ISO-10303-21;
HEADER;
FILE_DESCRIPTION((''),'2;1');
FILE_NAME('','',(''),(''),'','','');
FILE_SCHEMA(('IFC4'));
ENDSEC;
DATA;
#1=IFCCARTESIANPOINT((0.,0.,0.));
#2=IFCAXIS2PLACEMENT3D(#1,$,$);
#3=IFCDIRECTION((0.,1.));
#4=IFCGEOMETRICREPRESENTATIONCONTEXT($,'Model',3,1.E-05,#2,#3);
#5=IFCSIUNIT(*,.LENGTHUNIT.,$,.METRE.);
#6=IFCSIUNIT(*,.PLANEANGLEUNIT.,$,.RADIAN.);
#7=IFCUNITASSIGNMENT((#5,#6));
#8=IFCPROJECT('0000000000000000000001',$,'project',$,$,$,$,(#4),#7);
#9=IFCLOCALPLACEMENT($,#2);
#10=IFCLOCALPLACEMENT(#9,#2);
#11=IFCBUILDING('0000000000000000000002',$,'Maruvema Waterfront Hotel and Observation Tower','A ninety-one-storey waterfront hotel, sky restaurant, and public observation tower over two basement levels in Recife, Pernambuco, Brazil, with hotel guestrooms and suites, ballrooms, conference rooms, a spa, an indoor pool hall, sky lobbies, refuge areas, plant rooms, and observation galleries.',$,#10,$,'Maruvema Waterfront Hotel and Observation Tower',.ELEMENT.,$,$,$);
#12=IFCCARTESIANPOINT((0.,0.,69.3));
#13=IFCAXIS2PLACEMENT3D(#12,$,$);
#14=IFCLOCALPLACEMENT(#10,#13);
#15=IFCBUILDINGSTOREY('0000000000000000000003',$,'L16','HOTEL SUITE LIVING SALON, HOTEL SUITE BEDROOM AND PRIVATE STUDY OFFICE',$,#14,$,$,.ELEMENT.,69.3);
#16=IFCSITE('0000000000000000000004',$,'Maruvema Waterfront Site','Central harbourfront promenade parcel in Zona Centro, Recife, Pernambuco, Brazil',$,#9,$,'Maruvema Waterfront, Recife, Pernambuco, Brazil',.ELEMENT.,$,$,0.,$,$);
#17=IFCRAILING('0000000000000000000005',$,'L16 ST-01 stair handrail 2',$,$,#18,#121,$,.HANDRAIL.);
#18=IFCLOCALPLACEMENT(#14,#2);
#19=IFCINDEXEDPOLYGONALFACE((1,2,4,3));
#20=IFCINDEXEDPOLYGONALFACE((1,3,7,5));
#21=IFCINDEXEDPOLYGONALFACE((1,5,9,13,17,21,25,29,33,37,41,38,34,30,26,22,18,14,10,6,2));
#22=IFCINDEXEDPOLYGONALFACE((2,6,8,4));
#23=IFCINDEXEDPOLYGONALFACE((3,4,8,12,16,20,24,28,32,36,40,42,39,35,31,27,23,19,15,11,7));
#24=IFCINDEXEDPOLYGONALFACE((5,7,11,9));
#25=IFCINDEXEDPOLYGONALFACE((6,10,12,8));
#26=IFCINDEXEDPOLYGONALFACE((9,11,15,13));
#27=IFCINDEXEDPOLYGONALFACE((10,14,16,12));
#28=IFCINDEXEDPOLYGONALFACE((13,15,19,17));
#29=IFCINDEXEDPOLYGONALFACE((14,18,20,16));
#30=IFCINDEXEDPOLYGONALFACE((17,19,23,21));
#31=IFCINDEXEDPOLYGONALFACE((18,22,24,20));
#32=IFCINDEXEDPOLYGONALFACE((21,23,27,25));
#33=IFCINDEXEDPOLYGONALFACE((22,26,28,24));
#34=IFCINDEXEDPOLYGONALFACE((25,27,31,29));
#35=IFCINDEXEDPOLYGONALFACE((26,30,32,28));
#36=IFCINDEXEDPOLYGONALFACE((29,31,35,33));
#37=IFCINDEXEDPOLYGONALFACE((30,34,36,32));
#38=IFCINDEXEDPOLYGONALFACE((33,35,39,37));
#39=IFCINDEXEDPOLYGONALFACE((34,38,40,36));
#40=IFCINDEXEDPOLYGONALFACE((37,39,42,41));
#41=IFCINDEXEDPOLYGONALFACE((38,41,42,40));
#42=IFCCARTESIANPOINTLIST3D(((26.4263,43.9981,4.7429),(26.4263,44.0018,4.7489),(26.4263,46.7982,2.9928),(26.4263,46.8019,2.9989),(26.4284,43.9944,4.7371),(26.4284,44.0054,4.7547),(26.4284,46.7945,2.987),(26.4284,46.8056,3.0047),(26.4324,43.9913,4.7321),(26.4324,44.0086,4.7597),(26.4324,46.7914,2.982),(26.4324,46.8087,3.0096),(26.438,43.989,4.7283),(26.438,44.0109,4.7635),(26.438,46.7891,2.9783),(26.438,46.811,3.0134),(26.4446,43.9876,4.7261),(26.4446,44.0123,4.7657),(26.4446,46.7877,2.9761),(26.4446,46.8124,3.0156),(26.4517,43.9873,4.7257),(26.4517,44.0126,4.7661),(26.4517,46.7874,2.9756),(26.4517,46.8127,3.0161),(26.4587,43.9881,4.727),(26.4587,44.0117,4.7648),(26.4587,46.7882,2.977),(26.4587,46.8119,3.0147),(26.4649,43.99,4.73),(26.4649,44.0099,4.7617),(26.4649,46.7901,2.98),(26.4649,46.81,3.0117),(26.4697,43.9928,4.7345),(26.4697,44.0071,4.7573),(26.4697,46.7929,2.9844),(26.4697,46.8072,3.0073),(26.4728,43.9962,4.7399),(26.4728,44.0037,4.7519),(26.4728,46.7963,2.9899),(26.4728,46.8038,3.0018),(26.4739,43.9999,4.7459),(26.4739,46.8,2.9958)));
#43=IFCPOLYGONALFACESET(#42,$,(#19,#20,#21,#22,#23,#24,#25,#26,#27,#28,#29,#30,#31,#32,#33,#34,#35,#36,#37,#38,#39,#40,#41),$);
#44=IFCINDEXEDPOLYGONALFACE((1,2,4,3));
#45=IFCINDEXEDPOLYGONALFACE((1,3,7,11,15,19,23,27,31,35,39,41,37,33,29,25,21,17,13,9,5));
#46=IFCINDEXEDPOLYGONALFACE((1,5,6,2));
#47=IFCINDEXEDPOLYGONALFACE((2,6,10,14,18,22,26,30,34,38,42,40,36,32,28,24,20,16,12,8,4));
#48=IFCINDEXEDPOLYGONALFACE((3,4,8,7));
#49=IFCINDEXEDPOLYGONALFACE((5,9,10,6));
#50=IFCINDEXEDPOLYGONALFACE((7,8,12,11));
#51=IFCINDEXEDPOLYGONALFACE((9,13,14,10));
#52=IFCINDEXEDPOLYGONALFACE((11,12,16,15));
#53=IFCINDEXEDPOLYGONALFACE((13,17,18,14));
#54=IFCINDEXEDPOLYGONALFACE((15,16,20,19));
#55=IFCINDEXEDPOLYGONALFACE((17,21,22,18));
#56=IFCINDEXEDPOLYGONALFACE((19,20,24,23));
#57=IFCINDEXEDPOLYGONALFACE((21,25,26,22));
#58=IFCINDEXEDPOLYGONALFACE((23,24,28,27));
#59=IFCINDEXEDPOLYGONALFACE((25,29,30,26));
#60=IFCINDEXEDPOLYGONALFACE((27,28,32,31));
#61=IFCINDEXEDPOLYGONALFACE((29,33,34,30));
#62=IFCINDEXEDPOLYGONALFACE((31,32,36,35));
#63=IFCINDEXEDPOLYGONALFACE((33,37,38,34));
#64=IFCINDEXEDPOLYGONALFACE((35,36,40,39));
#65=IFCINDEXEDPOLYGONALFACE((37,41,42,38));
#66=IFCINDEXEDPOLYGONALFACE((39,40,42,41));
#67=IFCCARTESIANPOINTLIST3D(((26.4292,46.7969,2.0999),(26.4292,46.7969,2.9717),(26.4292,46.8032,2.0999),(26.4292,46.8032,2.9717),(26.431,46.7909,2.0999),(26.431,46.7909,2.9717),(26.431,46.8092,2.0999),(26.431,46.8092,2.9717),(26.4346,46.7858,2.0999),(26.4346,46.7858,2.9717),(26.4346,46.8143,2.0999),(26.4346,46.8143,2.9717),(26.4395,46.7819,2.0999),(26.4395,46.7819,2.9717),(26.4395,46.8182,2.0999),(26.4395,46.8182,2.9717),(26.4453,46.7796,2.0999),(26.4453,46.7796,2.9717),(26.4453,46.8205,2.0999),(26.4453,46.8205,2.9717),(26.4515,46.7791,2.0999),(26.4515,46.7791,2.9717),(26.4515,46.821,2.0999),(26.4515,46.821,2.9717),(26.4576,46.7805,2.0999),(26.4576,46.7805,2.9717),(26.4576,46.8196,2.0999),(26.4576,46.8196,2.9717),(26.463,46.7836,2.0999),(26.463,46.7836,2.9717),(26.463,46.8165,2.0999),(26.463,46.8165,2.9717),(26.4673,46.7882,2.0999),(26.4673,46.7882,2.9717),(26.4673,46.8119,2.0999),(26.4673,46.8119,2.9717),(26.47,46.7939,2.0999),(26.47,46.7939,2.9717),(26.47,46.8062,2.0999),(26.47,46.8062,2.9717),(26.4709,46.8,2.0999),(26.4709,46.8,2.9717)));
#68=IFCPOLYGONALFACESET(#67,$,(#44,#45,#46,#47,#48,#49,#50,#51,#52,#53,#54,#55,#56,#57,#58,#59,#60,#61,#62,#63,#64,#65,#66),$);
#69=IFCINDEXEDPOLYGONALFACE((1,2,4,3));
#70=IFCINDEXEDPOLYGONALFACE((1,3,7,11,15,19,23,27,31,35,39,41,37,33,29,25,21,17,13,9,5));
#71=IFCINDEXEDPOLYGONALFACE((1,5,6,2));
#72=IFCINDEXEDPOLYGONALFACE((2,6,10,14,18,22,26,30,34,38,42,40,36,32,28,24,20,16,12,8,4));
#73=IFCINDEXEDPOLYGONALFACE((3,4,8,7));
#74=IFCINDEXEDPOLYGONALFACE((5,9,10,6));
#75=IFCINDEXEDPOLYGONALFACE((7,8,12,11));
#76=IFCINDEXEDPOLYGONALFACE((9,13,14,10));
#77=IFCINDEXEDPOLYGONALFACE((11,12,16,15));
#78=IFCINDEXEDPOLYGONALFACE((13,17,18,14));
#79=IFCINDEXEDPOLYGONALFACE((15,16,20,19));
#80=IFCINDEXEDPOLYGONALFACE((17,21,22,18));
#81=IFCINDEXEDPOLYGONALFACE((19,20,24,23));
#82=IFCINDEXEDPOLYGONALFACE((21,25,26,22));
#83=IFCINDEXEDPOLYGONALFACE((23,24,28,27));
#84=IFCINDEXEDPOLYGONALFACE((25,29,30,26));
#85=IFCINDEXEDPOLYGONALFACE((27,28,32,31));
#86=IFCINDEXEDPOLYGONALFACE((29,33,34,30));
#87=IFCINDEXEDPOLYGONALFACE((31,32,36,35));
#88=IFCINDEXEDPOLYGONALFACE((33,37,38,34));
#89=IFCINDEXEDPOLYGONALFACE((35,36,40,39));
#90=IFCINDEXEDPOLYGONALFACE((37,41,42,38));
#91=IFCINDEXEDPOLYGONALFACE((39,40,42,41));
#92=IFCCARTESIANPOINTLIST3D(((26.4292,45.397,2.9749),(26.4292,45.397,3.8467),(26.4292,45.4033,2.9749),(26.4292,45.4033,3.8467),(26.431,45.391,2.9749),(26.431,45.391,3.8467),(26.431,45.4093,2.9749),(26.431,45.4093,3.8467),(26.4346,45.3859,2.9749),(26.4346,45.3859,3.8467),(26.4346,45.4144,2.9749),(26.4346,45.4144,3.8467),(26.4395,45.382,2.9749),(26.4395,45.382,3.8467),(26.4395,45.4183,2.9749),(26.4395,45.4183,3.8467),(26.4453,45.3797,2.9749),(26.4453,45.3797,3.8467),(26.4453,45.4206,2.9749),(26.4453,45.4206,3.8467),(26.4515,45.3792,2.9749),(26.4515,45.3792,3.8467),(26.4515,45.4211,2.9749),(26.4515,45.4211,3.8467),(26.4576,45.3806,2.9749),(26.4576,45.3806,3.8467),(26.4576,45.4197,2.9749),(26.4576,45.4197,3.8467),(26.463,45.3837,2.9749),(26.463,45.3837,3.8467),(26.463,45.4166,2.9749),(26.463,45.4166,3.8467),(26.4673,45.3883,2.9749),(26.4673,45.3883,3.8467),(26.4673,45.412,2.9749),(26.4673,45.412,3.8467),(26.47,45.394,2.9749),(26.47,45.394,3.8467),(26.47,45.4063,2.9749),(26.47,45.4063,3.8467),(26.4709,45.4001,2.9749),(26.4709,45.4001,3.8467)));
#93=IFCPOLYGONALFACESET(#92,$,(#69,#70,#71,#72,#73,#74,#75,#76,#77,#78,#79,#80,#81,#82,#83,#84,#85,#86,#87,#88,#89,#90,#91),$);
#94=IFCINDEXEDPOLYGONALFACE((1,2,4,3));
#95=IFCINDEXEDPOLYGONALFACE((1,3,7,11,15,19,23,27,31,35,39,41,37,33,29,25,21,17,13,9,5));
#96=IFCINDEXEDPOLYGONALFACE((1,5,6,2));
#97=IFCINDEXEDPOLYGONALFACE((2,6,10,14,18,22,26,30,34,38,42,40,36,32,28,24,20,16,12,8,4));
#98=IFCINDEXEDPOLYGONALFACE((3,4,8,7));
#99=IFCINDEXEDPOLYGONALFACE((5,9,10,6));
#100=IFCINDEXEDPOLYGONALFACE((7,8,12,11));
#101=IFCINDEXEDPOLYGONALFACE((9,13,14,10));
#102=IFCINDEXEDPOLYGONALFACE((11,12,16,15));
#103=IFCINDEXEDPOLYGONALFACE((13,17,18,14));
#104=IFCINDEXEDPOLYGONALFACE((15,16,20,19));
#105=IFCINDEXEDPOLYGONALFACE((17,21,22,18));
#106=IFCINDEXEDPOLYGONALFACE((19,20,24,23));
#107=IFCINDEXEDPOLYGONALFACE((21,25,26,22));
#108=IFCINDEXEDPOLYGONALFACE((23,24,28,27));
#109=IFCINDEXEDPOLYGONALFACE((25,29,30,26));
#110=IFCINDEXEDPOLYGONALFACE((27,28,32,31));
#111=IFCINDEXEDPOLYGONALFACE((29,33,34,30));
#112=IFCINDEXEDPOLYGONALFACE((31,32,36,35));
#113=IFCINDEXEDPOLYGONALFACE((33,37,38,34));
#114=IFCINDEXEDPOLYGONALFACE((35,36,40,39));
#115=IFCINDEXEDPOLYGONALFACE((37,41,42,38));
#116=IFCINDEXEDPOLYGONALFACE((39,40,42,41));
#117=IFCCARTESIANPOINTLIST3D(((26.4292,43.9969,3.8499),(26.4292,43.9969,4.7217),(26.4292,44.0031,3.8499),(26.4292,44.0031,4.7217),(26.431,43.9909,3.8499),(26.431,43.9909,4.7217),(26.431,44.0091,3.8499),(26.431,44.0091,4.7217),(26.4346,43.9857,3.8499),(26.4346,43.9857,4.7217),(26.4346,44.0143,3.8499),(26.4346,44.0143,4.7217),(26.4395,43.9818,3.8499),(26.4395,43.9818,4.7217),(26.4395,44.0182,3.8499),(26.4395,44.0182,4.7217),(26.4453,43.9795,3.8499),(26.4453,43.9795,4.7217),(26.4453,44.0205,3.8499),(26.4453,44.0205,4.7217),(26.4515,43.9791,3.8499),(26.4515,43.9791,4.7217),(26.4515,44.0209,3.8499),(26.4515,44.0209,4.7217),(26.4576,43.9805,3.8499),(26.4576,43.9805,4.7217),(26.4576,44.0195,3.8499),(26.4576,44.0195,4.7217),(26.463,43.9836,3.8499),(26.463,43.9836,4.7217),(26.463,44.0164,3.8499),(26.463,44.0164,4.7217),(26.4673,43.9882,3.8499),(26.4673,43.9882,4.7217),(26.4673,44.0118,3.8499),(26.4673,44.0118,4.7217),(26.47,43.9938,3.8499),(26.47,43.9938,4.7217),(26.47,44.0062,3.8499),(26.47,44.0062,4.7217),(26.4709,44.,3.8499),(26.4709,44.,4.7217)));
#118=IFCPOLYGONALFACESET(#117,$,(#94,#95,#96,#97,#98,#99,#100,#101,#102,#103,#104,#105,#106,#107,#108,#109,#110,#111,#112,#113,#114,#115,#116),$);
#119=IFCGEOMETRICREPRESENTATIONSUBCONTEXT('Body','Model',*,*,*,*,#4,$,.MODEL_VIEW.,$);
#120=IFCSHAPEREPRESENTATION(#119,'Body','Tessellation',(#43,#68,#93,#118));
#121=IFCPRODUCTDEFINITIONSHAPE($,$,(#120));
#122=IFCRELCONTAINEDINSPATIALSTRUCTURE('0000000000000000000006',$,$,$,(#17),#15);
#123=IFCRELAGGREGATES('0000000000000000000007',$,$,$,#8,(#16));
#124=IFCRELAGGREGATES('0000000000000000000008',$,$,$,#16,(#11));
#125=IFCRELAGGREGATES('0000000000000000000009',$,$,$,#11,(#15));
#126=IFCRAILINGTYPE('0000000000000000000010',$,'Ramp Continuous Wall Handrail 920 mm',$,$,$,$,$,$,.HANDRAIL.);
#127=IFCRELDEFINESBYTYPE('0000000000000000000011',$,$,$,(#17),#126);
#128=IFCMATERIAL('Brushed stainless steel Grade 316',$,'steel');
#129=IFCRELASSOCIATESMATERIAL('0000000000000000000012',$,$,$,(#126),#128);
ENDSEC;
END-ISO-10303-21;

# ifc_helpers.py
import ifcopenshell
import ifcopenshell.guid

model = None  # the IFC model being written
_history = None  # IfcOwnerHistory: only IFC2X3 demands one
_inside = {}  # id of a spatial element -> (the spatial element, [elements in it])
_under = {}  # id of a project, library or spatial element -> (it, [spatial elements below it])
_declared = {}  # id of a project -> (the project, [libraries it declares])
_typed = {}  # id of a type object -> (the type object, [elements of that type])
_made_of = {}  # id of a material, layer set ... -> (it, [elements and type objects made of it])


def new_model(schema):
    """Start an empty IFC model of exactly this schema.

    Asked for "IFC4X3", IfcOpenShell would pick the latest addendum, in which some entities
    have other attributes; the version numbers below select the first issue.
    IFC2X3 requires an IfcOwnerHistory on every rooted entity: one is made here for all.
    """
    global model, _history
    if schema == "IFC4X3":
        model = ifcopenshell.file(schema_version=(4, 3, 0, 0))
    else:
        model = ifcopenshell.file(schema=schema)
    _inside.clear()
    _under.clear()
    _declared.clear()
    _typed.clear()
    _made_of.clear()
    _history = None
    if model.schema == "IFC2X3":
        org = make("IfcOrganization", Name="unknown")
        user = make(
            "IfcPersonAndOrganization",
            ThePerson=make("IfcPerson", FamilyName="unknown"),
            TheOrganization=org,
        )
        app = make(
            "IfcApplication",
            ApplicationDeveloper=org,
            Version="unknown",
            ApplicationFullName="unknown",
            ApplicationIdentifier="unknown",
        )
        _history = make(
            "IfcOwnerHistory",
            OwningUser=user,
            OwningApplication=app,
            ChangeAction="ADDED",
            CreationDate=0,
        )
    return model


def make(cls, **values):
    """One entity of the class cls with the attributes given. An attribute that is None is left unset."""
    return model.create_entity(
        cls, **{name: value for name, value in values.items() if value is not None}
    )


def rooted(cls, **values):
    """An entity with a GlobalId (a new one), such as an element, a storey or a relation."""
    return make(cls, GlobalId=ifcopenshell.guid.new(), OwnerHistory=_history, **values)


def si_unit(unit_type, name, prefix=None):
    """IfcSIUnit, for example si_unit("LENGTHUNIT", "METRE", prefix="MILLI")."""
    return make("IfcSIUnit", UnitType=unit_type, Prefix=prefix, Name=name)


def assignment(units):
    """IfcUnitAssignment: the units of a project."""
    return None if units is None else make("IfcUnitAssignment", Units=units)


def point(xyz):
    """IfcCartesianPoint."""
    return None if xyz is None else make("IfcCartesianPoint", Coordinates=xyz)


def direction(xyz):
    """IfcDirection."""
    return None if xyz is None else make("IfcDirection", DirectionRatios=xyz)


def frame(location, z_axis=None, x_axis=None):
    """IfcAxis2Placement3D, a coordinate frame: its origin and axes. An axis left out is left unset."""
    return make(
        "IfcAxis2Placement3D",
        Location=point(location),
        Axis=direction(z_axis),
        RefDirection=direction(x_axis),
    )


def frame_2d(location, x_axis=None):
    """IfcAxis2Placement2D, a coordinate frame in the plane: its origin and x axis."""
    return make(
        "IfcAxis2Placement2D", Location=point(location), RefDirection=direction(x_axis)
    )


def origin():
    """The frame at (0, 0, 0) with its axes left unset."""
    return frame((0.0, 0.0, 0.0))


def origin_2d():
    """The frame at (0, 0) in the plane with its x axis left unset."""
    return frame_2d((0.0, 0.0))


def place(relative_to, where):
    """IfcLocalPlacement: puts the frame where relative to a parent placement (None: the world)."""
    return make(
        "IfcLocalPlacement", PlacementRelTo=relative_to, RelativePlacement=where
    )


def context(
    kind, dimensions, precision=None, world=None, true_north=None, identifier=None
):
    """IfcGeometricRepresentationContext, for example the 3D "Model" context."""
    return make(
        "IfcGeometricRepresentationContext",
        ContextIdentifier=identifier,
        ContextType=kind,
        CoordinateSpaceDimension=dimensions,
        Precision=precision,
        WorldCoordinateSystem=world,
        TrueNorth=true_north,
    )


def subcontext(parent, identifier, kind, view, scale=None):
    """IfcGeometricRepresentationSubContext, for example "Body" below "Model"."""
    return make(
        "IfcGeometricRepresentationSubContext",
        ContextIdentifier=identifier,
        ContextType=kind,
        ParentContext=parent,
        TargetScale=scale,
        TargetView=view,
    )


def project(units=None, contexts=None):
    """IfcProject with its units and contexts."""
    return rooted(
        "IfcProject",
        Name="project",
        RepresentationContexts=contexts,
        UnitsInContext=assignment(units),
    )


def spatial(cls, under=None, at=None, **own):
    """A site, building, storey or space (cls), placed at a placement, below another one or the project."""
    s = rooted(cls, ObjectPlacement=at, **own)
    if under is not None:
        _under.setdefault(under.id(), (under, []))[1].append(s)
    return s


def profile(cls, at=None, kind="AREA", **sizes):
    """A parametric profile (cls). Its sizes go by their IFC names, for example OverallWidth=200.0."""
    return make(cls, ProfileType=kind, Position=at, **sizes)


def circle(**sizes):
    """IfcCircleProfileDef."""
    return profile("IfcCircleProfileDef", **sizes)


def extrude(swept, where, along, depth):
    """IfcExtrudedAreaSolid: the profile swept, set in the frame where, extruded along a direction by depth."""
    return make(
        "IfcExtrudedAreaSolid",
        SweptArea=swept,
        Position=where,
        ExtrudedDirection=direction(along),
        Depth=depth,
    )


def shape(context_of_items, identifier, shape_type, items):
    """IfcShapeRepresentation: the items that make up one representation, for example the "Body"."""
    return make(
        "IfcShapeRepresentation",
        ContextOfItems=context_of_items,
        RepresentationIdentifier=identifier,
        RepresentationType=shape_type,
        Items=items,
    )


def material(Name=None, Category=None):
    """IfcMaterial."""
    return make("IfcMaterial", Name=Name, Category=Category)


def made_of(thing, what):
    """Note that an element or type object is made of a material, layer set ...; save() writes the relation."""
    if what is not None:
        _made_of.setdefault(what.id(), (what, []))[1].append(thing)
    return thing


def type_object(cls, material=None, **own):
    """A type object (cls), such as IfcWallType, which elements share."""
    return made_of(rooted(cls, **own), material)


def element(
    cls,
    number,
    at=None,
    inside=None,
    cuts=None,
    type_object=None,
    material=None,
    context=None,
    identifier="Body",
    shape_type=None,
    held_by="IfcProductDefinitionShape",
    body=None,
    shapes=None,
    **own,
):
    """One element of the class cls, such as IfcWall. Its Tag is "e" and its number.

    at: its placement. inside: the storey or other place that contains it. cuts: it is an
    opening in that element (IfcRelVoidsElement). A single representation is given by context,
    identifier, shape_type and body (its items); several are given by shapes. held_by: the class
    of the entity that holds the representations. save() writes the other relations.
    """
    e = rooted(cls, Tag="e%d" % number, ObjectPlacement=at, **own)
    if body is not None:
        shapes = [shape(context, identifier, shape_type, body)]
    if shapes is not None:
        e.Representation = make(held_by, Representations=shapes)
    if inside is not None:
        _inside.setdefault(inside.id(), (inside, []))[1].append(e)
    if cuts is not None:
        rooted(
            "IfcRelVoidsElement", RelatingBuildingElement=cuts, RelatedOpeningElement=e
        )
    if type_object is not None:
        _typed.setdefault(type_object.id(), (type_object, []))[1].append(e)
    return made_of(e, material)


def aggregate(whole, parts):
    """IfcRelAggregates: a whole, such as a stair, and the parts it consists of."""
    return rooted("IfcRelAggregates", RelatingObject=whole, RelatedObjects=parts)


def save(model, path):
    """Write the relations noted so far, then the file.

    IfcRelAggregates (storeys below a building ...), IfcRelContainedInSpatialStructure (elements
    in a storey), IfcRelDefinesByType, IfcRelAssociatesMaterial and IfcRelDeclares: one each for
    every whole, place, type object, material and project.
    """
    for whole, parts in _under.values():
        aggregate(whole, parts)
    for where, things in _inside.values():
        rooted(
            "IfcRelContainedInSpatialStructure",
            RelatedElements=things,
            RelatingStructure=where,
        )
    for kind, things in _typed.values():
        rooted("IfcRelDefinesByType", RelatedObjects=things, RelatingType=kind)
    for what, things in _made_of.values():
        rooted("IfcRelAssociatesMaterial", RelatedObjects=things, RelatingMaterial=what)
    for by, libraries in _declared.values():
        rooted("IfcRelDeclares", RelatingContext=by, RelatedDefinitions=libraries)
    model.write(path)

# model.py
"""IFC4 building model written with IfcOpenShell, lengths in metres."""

from ifc_helpers import new_model, si_unit, direction, frame, origin, origin_2d, place, context, subcontext, project, spatial, circle, extrude, material, type_object, element, save


model = new_model("IFC4")

# Units and contexts
model_context = context("Model", 3, precision=1e-05, world=origin(), true_north=direction((0.0, 1.0)))
body_context = subcontext(model_context, "Body", "Model", "MODEL_VIEW")
ifc_project = project(units=[si_unit("LENGTHUNIT", "METRE"), si_unit("PLANEANGLEUNIT", "RADIAN")], contexts=[model_context])

# Site, building, storey
site_placement = place(None, origin())
site = spatial("IfcSite", under=ifc_project, at=site_placement, Name="Maruvema Waterfront Site", Description="Central harbourfront promenade parcel in Zona Centro, Recife, Pernambuco, Brazil", LongName="Maruvema Waterfront, Recife, Pernambuco, Brazil", CompositionType="ELEMENT", RefElevation=0.0)
building_placement = place(site_placement, origin())
building = spatial("IfcBuilding", under=site, at=building_placement, Name="Maruvema Waterfront Hotel and Observation Tower", Description="A ninety-one-storey waterfront hotel, sky restaurant, and public observation tower over two basement levels in Recife, Pernambuco, Brazil, with hotel guestrooms and suites, ballrooms, conference rooms, a spa, an indoor pool hall, sky lobbies, refuge areas, plant rooms, and observation galleries.", LongName="Maruvema Waterfront Hotel and Observation Tower", CompositionType="ELEMENT")
storey_placement = place(building_placement, frame((0.0, 0.0, 69.3)))
storey = spatial("IfcBuildingStorey", under=building, at=storey_placement, Name="L16", Description="HOTEL SUITE LIVING SALON, HOTEL SUITE BEDROOM AND PRIVATE STUDY OFFICE", CompositionType="ELEMENT", Elevation=69.3)

# Railing
ifc_material_1 = material(Name="Brushed stainless steel Grade 316", Category="steel")
railing_type_1 = type_object("IfcRailingType", Name="Ramp Continuous Wall Handrail 920 mm", PredefinedType="HANDRAIL", material=ifc_material_1)
railing_1_placement = place(storey_placement, frame((26.45, 46.8, 2.0999)))
element("IfcRailing", 1, at=railing_1_placement, inside=storey, type_object=railing_type_1, Name="L16 ST-01 stair handrail 2", PredefinedType="HANDRAIL", context=body_context, shape_type="SweptSolid", body=[
    extrude(circle(Radius=0.0239, at=origin_2d()), frame((0.0, 0.0, 0.896), z_axis=(0.0, -0.848002, 0.529992), x_axis=(1.0, 0.0, 0.0)), (0.0, 0.0, 1.0), 3.302),
    extrude(circle(Radius=0.021, at=origin_2d()), origin(), (0.0, 0.0, 1.0), 0.8718),
    extrude(circle(Radius=0.021, at=origin_2d()), frame((0.0, -1.3999, 0.875)), (0.0, 0.0, 1.0), 0.8718),
    extrude(circle(Radius=0.021, at=origin_2d()), frame((0.0, -2.8, 1.75)), (0.0, 0.0, 1.0), 0.8718),
])

save(model, "model.ifc")
